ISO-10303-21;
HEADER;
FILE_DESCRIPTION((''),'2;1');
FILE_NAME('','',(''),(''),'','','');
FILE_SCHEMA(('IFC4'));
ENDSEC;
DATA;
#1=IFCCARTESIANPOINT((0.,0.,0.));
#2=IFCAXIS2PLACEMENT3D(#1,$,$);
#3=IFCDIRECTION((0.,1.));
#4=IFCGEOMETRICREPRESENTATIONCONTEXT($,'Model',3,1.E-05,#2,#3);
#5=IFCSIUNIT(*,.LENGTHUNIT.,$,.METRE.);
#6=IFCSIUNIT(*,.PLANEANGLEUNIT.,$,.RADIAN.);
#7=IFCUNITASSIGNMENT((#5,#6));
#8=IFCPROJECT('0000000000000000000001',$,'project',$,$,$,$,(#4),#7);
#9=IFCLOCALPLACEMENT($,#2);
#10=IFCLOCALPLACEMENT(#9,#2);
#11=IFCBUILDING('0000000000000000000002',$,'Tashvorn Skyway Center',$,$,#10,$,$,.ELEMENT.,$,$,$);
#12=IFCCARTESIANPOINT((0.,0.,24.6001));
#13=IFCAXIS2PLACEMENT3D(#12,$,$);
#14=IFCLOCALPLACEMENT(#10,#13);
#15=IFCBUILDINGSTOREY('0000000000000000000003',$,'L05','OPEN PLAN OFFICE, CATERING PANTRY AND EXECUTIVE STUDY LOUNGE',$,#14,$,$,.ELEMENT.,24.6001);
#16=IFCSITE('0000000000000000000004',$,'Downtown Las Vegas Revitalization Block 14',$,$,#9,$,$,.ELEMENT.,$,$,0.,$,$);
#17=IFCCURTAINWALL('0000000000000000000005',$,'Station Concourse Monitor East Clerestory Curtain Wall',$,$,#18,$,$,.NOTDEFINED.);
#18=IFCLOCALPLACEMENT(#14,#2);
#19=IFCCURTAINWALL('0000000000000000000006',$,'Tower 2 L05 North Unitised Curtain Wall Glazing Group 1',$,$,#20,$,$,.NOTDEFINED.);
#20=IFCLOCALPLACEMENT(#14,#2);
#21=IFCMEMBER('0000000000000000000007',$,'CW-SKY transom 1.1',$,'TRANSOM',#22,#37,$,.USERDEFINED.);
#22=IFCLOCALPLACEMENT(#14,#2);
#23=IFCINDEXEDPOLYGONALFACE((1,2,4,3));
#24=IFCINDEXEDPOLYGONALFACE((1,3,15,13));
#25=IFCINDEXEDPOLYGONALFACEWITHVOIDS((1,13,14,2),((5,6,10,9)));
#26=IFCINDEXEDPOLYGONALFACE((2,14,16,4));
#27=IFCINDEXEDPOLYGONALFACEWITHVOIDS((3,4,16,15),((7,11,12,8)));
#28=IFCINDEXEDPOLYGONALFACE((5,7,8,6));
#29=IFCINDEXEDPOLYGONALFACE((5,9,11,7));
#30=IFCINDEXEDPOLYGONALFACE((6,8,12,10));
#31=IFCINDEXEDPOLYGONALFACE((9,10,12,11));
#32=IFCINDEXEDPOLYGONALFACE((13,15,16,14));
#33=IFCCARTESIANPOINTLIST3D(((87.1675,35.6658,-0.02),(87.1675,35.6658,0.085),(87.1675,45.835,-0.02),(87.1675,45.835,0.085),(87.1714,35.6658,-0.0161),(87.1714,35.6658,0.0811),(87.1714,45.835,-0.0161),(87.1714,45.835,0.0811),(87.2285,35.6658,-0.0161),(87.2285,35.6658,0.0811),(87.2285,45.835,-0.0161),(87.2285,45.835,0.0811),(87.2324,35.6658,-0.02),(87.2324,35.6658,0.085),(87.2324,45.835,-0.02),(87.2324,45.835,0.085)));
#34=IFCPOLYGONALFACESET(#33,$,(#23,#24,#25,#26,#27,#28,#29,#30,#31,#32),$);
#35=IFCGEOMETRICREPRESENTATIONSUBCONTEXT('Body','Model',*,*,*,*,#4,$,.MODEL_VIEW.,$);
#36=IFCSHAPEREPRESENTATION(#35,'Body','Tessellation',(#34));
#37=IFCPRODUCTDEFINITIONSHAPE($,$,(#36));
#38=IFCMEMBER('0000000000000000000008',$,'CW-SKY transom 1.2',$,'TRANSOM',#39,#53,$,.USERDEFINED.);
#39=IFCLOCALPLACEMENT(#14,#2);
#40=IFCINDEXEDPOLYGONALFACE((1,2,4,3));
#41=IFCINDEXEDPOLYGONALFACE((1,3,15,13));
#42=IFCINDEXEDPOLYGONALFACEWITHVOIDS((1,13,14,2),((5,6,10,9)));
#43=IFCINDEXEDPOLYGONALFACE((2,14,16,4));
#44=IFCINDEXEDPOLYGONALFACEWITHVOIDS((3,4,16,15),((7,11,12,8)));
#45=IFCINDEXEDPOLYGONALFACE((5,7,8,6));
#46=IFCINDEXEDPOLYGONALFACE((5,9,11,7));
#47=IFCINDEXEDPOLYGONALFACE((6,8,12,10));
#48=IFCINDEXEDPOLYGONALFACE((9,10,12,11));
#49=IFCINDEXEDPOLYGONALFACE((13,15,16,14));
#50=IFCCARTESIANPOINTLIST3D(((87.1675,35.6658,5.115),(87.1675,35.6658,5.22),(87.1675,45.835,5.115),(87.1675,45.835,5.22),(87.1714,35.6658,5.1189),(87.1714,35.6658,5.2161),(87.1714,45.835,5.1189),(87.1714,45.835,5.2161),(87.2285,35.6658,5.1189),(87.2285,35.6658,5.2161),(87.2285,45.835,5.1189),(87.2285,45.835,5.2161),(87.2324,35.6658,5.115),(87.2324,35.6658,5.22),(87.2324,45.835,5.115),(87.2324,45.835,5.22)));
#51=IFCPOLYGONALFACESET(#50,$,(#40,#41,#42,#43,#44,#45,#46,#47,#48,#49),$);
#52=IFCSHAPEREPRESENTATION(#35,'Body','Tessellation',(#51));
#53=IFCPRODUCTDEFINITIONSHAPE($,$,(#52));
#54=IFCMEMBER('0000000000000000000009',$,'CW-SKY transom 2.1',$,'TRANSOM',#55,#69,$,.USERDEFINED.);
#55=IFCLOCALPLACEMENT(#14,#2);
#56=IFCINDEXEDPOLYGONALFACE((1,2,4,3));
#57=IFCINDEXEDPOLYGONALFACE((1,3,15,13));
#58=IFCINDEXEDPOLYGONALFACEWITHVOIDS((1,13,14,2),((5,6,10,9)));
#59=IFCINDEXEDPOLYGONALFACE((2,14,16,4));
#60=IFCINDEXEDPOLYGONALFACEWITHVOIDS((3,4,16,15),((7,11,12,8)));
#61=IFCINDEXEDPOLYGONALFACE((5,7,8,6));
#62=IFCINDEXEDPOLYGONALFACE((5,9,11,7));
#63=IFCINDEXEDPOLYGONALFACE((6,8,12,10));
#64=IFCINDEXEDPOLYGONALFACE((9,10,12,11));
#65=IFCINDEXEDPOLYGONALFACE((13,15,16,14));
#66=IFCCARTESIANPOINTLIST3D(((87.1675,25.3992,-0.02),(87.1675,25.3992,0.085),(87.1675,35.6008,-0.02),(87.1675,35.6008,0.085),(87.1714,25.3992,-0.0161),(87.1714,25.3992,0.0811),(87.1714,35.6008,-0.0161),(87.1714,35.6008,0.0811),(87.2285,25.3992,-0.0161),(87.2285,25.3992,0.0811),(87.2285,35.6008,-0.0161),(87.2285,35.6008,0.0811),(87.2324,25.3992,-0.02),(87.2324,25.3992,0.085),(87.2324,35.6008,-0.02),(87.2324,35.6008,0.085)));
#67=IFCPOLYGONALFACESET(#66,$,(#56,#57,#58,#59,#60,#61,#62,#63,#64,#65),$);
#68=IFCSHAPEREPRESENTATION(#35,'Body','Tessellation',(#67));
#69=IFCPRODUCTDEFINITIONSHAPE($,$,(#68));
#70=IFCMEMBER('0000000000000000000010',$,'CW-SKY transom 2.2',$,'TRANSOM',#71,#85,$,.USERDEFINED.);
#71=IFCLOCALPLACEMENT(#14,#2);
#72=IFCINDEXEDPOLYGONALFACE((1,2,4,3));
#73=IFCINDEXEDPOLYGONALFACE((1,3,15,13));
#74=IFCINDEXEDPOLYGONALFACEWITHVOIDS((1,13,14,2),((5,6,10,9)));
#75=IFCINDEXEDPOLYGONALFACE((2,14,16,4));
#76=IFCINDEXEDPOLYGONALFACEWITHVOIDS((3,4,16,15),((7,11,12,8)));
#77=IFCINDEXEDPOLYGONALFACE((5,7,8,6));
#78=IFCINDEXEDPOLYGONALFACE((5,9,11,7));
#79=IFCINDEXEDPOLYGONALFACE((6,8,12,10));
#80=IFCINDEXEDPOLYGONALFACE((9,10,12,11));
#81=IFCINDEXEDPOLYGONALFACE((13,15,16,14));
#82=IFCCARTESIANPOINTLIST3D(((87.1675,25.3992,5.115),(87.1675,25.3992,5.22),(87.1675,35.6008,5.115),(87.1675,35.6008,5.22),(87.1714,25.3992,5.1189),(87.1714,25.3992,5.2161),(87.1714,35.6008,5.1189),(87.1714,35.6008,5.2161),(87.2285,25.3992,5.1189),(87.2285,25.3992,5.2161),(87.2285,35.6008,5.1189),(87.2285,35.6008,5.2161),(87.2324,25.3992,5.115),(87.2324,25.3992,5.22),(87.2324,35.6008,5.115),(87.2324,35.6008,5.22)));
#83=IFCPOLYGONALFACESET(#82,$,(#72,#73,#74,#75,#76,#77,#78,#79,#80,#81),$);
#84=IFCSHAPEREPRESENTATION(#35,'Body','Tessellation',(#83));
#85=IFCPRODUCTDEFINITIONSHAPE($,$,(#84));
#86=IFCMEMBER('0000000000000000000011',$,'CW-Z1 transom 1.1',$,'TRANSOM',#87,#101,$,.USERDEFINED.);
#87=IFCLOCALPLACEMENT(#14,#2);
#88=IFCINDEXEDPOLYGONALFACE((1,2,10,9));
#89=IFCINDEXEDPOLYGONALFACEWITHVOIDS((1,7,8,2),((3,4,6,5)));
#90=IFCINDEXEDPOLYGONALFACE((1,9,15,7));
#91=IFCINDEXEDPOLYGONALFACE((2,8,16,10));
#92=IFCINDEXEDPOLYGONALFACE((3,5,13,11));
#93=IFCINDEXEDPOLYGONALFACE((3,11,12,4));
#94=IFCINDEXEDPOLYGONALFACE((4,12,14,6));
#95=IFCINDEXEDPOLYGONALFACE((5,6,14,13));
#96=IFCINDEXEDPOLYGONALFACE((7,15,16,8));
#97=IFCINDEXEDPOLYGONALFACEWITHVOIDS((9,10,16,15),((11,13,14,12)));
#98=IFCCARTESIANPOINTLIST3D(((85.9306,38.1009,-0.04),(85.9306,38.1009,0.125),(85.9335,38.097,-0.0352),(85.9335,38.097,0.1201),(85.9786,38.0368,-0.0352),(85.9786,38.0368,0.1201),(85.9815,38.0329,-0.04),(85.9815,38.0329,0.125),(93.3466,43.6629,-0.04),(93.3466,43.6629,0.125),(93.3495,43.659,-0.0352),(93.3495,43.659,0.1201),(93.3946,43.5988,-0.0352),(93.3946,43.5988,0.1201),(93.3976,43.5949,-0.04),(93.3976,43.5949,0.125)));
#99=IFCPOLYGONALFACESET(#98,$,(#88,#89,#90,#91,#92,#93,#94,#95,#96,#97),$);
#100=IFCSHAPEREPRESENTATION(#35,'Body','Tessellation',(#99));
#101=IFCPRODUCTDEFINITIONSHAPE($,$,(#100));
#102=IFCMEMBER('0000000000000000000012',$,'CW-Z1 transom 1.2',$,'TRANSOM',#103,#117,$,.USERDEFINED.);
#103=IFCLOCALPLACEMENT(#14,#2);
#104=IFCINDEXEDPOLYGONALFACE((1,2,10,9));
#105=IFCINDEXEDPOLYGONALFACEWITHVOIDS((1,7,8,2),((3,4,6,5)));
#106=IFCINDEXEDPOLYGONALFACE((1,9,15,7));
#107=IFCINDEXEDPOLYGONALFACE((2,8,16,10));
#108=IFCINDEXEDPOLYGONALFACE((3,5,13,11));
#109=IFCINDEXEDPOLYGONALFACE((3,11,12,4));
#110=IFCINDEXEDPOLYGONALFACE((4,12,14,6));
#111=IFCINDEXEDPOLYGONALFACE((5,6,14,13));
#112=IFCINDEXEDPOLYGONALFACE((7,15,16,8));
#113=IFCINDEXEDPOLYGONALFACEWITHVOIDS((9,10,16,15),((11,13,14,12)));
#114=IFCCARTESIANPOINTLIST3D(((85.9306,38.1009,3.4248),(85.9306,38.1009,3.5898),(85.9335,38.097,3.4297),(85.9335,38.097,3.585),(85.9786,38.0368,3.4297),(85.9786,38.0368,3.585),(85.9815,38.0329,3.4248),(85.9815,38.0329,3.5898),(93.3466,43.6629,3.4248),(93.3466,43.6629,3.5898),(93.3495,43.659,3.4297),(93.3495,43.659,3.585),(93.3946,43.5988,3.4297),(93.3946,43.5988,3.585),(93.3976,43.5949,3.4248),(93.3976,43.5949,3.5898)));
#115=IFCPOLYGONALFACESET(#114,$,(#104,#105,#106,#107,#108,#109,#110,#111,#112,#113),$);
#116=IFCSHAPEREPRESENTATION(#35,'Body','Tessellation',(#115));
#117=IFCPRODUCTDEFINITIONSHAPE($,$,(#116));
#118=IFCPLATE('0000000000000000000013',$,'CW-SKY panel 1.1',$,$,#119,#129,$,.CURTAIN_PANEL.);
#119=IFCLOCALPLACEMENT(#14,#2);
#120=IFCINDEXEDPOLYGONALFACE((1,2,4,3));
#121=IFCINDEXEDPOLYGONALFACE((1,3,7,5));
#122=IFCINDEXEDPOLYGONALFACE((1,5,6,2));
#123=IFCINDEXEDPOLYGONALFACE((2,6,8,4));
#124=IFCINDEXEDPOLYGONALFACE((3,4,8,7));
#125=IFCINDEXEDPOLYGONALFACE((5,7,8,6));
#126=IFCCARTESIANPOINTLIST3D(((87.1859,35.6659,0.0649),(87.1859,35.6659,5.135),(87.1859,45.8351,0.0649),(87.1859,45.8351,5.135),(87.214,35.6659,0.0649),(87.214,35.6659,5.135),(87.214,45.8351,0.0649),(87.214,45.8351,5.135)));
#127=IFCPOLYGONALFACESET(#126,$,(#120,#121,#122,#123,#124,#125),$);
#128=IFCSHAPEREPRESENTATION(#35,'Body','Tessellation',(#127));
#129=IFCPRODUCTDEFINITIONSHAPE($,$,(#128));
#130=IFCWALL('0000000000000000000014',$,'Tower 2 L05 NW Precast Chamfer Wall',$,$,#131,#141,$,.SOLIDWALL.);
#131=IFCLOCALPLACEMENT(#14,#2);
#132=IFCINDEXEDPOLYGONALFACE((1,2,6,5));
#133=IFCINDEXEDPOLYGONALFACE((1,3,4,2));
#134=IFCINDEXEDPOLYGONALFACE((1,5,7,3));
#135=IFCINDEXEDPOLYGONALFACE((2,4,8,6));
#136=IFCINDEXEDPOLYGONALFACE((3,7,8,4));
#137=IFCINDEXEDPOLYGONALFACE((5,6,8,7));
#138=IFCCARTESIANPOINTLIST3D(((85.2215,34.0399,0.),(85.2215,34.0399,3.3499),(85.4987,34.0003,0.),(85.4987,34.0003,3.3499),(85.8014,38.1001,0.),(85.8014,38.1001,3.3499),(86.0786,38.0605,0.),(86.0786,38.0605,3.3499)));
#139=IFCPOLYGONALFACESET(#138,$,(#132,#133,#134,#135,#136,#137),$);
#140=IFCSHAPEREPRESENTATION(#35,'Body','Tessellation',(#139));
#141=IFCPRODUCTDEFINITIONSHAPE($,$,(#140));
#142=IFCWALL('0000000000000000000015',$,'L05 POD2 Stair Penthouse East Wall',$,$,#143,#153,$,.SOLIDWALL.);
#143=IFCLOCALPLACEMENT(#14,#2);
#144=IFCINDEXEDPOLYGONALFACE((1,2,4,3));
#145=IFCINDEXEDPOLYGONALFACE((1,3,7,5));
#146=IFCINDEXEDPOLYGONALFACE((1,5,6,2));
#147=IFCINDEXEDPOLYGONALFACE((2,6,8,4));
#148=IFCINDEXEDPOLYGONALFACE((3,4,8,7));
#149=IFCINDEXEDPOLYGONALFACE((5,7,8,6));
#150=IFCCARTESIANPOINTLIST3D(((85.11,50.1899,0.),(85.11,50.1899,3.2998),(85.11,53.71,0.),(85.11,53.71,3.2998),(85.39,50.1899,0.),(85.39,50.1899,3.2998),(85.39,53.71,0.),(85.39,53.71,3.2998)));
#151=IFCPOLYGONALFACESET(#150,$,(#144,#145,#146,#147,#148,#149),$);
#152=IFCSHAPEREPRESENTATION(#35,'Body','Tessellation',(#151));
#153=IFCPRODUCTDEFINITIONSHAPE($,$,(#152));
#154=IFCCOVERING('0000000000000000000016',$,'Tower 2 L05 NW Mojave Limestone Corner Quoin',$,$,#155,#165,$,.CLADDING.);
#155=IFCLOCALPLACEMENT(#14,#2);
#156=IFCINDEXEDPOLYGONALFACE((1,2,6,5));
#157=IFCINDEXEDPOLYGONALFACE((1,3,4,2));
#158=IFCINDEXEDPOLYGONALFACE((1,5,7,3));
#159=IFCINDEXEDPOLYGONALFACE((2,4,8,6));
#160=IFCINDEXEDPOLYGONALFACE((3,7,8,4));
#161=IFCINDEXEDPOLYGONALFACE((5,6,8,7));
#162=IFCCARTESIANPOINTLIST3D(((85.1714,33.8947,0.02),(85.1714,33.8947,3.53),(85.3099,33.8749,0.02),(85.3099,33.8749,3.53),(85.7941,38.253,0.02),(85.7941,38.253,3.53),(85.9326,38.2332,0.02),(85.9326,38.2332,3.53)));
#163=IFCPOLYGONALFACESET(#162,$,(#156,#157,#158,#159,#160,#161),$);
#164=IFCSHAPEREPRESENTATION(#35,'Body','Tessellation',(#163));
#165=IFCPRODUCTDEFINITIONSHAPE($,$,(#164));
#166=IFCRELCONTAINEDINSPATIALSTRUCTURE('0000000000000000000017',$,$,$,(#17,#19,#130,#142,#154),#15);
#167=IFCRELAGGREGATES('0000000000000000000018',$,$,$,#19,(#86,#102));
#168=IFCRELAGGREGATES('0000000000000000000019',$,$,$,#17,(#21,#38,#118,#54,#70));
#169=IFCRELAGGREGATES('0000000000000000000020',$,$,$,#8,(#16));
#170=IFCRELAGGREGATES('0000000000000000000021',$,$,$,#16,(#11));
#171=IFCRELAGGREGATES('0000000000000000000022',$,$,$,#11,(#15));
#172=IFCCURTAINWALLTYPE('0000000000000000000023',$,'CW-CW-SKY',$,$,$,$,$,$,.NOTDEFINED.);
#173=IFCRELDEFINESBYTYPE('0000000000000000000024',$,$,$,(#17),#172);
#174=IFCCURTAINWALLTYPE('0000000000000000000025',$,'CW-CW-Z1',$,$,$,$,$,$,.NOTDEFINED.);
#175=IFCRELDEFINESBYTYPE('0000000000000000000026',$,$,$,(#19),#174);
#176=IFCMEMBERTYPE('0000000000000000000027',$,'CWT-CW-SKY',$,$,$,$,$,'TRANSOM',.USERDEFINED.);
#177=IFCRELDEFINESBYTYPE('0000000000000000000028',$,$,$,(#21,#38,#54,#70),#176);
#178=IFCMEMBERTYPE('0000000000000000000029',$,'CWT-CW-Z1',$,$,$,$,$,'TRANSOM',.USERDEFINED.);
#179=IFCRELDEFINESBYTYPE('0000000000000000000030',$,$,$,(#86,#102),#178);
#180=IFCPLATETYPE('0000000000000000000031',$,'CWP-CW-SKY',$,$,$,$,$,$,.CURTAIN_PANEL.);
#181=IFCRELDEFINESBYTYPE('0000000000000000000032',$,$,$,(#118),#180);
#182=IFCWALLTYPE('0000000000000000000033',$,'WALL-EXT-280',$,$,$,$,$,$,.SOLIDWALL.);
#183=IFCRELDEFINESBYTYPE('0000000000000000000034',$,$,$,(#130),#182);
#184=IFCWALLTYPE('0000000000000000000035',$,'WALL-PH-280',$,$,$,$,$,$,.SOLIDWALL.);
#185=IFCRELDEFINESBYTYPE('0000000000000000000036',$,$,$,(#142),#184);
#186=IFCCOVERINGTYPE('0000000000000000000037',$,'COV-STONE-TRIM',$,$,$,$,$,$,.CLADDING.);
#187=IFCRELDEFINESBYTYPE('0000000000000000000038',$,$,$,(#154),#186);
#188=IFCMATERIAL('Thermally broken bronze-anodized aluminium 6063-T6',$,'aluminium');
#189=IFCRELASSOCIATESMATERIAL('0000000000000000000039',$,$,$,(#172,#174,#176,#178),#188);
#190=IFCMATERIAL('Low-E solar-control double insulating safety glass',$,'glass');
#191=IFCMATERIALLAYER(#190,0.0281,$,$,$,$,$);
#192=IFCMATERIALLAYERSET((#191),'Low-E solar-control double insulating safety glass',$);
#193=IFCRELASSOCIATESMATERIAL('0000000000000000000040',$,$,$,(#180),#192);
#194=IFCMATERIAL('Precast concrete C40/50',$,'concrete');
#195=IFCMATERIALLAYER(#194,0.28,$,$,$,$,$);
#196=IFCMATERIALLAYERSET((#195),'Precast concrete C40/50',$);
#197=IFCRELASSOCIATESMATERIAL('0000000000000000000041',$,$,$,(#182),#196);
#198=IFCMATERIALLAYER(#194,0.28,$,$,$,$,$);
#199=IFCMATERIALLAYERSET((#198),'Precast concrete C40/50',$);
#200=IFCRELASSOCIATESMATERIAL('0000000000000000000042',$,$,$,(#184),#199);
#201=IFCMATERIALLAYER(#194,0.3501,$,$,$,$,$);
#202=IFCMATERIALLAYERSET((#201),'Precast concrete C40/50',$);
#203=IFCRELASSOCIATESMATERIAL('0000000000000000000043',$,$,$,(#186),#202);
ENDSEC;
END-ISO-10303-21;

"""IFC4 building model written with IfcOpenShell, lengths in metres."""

from ifc_helpers import new_model, si_unit, direction, frame, frame_2d, origin, origin_2d, place, context, subcontext, project, spatial, rectangle, hollow_rectangle, extrude, material, layer, layer_set, material_profile, profile_set, type_object, element, aggregate, save


model = new_model("IFC4")

# Units and contexts
model_context = context("Model", 3, precision=1e-05, world=origin(), true_north=direction((0.0, 1.0)))
body_context = subcontext(model_context, "Body", "Model", "MODEL_VIEW")
ifc_project = project(units=[si_unit("LENGTHUNIT", "METRE"), si_unit("PLANEANGLEUNIT", "RADIAN")], contexts=[model_context])

# Site, building, storey
site_placement = place(None, origin())
site = spatial("IfcSite", under=ifc_project, at=site_placement, Name="Downtown Las Vegas Revitalization Block 14", CompositionType="ELEMENT", RefElevation=0.0)
building_placement = place(site_placement, origin())
building = spatial("IfcBuilding", under=site, at=building_placement, Name="Tashvorn Skyway Center", CompositionType="ELEMENT")
storey_placement = place(building_placement, frame((0.0, 0.0, 24.6001)))
storey = spatial("IfcBuildingStorey", under=building, at=storey_placement, Name="L05", Description="OPEN PLAN OFFICE, CATERING PANTRY AND EXECUTIVE STUDY LOUNGE", CompositionType="ELEMENT", Elevation=24.6001)

# Curtain wall
ifc_material_1 = material(Name="Thermally broken bronze-anodized aluminium 6063-T6", Category="aluminium")
curtain_wall_type_1 = type_object("IfcCurtainWallType", Name="CW-CW-SKY", PredefinedType="NOTDEFINED", material=ifc_material_1)
curtain_wall_1_placement = place(storey_placement, origin())
curtain_wall_1 = element("IfcCurtainWall", 1, at=curtain_wall_1_placement, inside=storey, type_object=curtain_wall_type_1, Name="Station Concourse Monitor East Clerestory Curtain Wall", PredefinedType="NOTDEFINED")

# Curtain wall
curtain_wall_type_2 = type_object("IfcCurtainWallType", Name="CW-CW-Z1", PredefinedType="NOTDEFINED", material=ifc_material_1)
curtain_wall_2_placement = place(storey_placement, origin())
curtain_wall_2 = element("IfcCurtainWall", 2, at=curtain_wall_2_placement, inside=storey, type_object=curtain_wall_type_2, Name="Tower 2 L05 North Unitised Curtain Wall Glazing Group 1", PredefinedType="NOTDEFINED")

# Members
ifc_material_profile_1 = material_profile(ifc_material_1, hollow_rectangle(XDim=0.0649, YDim=0.105, WallThickness=0.0039, at=origin_2d()), Name="ALU-TRAN-65x105")
ifc_profile_set_1 = profile_set([ifc_material_profile_1], Name="Thermally broken bronze-anodized aluminium 6063-T6")
member_type_1 = type_object("IfcMemberType", Name="CWT-CW-SKY", ElementType="TRANSOM", PredefinedType="USERDEFINED", material=ifc_profile_set_1)
member_1_placement = place(storey_placement, frame((87.2, 45.835, 0.0325), z_axis=(0.0, -1.0, 0.0), x_axis=(1.0, 0.0, 0.0)))
member_1 = element("IfcMember", 3, at=member_1_placement, type_object=member_type_1, Name="CW-SKY transom 1.1", ObjectType="TRANSOM", PredefinedType="USERDEFINED", context=body_context, shape_type="SweptSolid", body=[
    extrude(hollow_rectangle(XDim=0.0649, YDim=0.105, WallThickness=0.0039, at=origin_2d()), origin(), (0.0, 0.0, 1.0), 10.1692),
])
member_2_placement = place(storey_placement, frame((87.2, 45.835, 5.1675), z_axis=(0.0, -1.0, 0.0), x_axis=(1.0, 0.0, 0.0)))
member_2 = element("IfcMember", 4, at=member_2_placement, type_object=member_type_1, Name="CW-SKY transom 1.2", ObjectType="TRANSOM", PredefinedType="USERDEFINED", context=body_context, shape_type="SweptSolid", body=[
    extrude(hollow_rectangle(XDim=0.0649, YDim=0.105, WallThickness=0.0039, at=origin_2d()), origin(), (0.0, 0.0, 1.0), 10.1692),
])
member_3_placement = place(storey_placement, frame((87.2, 35.6008, 0.0325), z_axis=(0.0, -1.0, 0.0), x_axis=(1.0, 0.0, 0.0)))
member_3 = element("IfcMember", 5, at=member_3_placement, type_object=member_type_1, Name="CW-SKY transom 2.1", ObjectType="TRANSOM", PredefinedType="USERDEFINED", context=body_context, shape_type="SweptSolid", body=[
    extrude(hollow_rectangle(XDim=0.0649, YDim=0.105, WallThickness=0.0039, at=origin_2d()), origin(), (0.0, 0.0, 1.0), 10.2017),
])
member_4_placement = place(storey_placement, frame((87.2, 35.6008, 5.1675), z_axis=(0.0, -1.0, 0.0), x_axis=(1.0, 0.0, 0.0)))
member_4 = element("IfcMember", 6, at=member_4_placement, type_object=member_type_1, Name="CW-SKY transom 2.2", ObjectType="TRANSOM", PredefinedType="USERDEFINED", context=body_context, shape_type="SweptSolid", body=[
    extrude(hollow_rectangle(XDim=0.0649, YDim=0.105, WallThickness=0.0039, at=origin_2d()), origin(), (0.0, 0.0, 1.0), 10.2017),
])
ifc_material_profile_2 = material_profile(ifc_material_1, hollow_rectangle(XDim=0.085, YDim=0.165, WallThickness=0.0049, at=origin_2d()), Name="ALU-TRAN-85x165")
ifc_profile_set_2 = profile_set([ifc_material_profile_2], Name="Thermally broken bronze-anodized aluminium 6063-T6")
member_type_2 = type_object("IfcMemberType", Name="CWT-CW-Z1", ElementType="TRANSOM", PredefinedType="USERDEFINED", material=ifc_profile_set_2)
member_5_placement = place(storey_placement, frame((85.9561, 38.0669, 0.0425), z_axis=(0.8, 0.6, 0.0), x_axis=(-0.6, 0.8, 0.0)))
member_5 = element("IfcMember", 7, at=member_5_placement, type_object=member_type_2, Name="CW-Z1 transom 1.1", ObjectType="TRANSOM", PredefinedType="USERDEFINED", context=body_context, shape_type="SweptSolid", body=[
    extrude(hollow_rectangle(XDim=0.085, YDim=0.165, WallThickness=0.0049, at=origin_2d()), origin(), (0.0, 0.0, 1.0), 9.27),
])
member_6_placement = place(storey_placement, frame((85.9561, 38.0669, 3.5073), z_axis=(0.8, 0.6, 0.0), x_axis=(-0.6, 0.8, 0.0)))
member_6 = element("IfcMember", 8, at=member_6_placement, type_object=member_type_2, Name="CW-Z1 transom 1.2", ObjectType="TRANSOM", PredefinedType="USERDEFINED", context=body_context, shape_type="SweptSolid", body=[
    extrude(hollow_rectangle(XDim=0.085, YDim=0.165, WallThickness=0.0049, at=origin_2d()), origin(), (0.0, 0.0, 1.0), 9.27),
])
aggregate(curtain_wall_2, [member_5, member_6])

# Plate
ifc_material_2 = material(Name="Low-E solar-control double insulating safety glass", Category="glass")
ifc_layer_1 = layer(ifc_material_2, 0.0281)
ifc_layer_set_1 = layer_set([ifc_layer_1], Name="Low-E solar-control double insulating safety glass")
plate_type = type_object("IfcPlateType", Name="CWP-CW-SKY", PredefinedType="CURTAIN_PANEL", material=ifc_layer_set_1)
plate_placement = place(storey_placement, frame((87.2, 40.7505, 0.0649), z_axis=(0.0, 0.0, 1.0), x_axis=(0.0, -1.0, 0.0)))
plate = element("IfcPlate", 9, at=plate_placement, type_object=plate_type, Name="CW-SKY panel 1.1", PredefinedType="CURTAIN_PANEL", context=body_context, shape_type="SweptSolid", body=[
    extrude(rectangle(XDim=10.1692, YDim=0.0281, at=origin_2d()), origin(), (0.0, 0.0, 1.0), 5.0701),
])
aggregate(curtain_wall_1, [member_1, member_2, plate, member_3, member_4])

# Wall
ifc_material_3 = material(Name="Precast concrete C40/50", Category="concrete")
ifc_layer_2 = layer(ifc_material_3, 0.28)
ifc_layer_set_2 = layer_set([ifc_layer_2], Name="Precast concrete C40/50")
wall_type_1 = type_object("IfcWallType", Name="WALL-EXT-280", PredefinedType="SOLIDWALL", material=ifc_layer_set_2)
wall_1_placement = place(storey_placement, frame((85.3601, 34.02, 0.0), z_axis=(0.0, 0.0, 1.0), x_axis=(0.14138, 0.989955, 0.0)))
element("IfcWall", 10, at=wall_1_placement, inside=storey, type_object=wall_type_1, Name="Tower 2 L05 NW Precast Chamfer Wall", PredefinedType="SOLIDWALL", context=body_context, shape_type="SweptSolid", body=[
    extrude(rectangle(XDim=4.1013, YDim=0.28, at=frame_2d((2.0508, 0.0))), origin(), (0.0, 0.0, 1.0), 3.3499),
])

# Shared definitions
ifc_layer_3 = layer(ifc_material_3, 0.28)
ifc_layer_set_3 = layer_set([ifc_layer_3], Name="Precast concrete C40/50")
wall_type_2 = type_object("IfcWallType", Name="WALL-PH-280", PredefinedType="SOLIDWALL", material=ifc_layer_set_3)

# Wall
wall_2_placement = place(storey_placement, frame((85.25, 53.71, 0.0), z_axis=(0.0, 0.0, 1.0), x_axis=(0.0, -1.0, 0.0)))
element("IfcWall", 11, at=wall_2_placement, inside=storey, type_object=wall_type_2, Name="L05 POD2 Stair Penthouse East Wall", PredefinedType="SOLIDWALL", context=body_context, shape_type="SweptSolid", body=[
    extrude(rectangle(XDim=3.52, YDim=0.28, at=frame_2d((1.76, 0.0))), origin(), (0.0, 0.0, 1.0), 3.2998),
])

# Covering
ifc_layer_4 = layer(ifc_material_3, 0.3501)
ifc_layer_set_4 = layer_set([ifc_layer_4], Name="Precast concrete C40/50")
covering_type = type_object("IfcCoveringType", Name="COV-STONE-TRIM", PredefinedType="CLADDING", material=ifc_layer_set_4)
covering_placement = place(storey_placement, frame((85.552, 36.064, 0.02), z_axis=(0.0, 0.0, 1.0), x_axis=(-0.141421, -0.989949, 0.0)))
element("IfcCovering", 12, at=covering_placement, inside=storey, type_object=covering_type, Name="Tower 2 L05 NW Mojave Limestone Corner Quoin", PredefinedType="CLADDING", context=body_context, shape_type="SweptSolid", body=[
    extrude(rectangle(XDim=4.4026, YDim=0.1399, at=origin_2d()), origin(), (0.0, 0.0, 1.0), 3.51),
])

save(model, "model.ifc")
